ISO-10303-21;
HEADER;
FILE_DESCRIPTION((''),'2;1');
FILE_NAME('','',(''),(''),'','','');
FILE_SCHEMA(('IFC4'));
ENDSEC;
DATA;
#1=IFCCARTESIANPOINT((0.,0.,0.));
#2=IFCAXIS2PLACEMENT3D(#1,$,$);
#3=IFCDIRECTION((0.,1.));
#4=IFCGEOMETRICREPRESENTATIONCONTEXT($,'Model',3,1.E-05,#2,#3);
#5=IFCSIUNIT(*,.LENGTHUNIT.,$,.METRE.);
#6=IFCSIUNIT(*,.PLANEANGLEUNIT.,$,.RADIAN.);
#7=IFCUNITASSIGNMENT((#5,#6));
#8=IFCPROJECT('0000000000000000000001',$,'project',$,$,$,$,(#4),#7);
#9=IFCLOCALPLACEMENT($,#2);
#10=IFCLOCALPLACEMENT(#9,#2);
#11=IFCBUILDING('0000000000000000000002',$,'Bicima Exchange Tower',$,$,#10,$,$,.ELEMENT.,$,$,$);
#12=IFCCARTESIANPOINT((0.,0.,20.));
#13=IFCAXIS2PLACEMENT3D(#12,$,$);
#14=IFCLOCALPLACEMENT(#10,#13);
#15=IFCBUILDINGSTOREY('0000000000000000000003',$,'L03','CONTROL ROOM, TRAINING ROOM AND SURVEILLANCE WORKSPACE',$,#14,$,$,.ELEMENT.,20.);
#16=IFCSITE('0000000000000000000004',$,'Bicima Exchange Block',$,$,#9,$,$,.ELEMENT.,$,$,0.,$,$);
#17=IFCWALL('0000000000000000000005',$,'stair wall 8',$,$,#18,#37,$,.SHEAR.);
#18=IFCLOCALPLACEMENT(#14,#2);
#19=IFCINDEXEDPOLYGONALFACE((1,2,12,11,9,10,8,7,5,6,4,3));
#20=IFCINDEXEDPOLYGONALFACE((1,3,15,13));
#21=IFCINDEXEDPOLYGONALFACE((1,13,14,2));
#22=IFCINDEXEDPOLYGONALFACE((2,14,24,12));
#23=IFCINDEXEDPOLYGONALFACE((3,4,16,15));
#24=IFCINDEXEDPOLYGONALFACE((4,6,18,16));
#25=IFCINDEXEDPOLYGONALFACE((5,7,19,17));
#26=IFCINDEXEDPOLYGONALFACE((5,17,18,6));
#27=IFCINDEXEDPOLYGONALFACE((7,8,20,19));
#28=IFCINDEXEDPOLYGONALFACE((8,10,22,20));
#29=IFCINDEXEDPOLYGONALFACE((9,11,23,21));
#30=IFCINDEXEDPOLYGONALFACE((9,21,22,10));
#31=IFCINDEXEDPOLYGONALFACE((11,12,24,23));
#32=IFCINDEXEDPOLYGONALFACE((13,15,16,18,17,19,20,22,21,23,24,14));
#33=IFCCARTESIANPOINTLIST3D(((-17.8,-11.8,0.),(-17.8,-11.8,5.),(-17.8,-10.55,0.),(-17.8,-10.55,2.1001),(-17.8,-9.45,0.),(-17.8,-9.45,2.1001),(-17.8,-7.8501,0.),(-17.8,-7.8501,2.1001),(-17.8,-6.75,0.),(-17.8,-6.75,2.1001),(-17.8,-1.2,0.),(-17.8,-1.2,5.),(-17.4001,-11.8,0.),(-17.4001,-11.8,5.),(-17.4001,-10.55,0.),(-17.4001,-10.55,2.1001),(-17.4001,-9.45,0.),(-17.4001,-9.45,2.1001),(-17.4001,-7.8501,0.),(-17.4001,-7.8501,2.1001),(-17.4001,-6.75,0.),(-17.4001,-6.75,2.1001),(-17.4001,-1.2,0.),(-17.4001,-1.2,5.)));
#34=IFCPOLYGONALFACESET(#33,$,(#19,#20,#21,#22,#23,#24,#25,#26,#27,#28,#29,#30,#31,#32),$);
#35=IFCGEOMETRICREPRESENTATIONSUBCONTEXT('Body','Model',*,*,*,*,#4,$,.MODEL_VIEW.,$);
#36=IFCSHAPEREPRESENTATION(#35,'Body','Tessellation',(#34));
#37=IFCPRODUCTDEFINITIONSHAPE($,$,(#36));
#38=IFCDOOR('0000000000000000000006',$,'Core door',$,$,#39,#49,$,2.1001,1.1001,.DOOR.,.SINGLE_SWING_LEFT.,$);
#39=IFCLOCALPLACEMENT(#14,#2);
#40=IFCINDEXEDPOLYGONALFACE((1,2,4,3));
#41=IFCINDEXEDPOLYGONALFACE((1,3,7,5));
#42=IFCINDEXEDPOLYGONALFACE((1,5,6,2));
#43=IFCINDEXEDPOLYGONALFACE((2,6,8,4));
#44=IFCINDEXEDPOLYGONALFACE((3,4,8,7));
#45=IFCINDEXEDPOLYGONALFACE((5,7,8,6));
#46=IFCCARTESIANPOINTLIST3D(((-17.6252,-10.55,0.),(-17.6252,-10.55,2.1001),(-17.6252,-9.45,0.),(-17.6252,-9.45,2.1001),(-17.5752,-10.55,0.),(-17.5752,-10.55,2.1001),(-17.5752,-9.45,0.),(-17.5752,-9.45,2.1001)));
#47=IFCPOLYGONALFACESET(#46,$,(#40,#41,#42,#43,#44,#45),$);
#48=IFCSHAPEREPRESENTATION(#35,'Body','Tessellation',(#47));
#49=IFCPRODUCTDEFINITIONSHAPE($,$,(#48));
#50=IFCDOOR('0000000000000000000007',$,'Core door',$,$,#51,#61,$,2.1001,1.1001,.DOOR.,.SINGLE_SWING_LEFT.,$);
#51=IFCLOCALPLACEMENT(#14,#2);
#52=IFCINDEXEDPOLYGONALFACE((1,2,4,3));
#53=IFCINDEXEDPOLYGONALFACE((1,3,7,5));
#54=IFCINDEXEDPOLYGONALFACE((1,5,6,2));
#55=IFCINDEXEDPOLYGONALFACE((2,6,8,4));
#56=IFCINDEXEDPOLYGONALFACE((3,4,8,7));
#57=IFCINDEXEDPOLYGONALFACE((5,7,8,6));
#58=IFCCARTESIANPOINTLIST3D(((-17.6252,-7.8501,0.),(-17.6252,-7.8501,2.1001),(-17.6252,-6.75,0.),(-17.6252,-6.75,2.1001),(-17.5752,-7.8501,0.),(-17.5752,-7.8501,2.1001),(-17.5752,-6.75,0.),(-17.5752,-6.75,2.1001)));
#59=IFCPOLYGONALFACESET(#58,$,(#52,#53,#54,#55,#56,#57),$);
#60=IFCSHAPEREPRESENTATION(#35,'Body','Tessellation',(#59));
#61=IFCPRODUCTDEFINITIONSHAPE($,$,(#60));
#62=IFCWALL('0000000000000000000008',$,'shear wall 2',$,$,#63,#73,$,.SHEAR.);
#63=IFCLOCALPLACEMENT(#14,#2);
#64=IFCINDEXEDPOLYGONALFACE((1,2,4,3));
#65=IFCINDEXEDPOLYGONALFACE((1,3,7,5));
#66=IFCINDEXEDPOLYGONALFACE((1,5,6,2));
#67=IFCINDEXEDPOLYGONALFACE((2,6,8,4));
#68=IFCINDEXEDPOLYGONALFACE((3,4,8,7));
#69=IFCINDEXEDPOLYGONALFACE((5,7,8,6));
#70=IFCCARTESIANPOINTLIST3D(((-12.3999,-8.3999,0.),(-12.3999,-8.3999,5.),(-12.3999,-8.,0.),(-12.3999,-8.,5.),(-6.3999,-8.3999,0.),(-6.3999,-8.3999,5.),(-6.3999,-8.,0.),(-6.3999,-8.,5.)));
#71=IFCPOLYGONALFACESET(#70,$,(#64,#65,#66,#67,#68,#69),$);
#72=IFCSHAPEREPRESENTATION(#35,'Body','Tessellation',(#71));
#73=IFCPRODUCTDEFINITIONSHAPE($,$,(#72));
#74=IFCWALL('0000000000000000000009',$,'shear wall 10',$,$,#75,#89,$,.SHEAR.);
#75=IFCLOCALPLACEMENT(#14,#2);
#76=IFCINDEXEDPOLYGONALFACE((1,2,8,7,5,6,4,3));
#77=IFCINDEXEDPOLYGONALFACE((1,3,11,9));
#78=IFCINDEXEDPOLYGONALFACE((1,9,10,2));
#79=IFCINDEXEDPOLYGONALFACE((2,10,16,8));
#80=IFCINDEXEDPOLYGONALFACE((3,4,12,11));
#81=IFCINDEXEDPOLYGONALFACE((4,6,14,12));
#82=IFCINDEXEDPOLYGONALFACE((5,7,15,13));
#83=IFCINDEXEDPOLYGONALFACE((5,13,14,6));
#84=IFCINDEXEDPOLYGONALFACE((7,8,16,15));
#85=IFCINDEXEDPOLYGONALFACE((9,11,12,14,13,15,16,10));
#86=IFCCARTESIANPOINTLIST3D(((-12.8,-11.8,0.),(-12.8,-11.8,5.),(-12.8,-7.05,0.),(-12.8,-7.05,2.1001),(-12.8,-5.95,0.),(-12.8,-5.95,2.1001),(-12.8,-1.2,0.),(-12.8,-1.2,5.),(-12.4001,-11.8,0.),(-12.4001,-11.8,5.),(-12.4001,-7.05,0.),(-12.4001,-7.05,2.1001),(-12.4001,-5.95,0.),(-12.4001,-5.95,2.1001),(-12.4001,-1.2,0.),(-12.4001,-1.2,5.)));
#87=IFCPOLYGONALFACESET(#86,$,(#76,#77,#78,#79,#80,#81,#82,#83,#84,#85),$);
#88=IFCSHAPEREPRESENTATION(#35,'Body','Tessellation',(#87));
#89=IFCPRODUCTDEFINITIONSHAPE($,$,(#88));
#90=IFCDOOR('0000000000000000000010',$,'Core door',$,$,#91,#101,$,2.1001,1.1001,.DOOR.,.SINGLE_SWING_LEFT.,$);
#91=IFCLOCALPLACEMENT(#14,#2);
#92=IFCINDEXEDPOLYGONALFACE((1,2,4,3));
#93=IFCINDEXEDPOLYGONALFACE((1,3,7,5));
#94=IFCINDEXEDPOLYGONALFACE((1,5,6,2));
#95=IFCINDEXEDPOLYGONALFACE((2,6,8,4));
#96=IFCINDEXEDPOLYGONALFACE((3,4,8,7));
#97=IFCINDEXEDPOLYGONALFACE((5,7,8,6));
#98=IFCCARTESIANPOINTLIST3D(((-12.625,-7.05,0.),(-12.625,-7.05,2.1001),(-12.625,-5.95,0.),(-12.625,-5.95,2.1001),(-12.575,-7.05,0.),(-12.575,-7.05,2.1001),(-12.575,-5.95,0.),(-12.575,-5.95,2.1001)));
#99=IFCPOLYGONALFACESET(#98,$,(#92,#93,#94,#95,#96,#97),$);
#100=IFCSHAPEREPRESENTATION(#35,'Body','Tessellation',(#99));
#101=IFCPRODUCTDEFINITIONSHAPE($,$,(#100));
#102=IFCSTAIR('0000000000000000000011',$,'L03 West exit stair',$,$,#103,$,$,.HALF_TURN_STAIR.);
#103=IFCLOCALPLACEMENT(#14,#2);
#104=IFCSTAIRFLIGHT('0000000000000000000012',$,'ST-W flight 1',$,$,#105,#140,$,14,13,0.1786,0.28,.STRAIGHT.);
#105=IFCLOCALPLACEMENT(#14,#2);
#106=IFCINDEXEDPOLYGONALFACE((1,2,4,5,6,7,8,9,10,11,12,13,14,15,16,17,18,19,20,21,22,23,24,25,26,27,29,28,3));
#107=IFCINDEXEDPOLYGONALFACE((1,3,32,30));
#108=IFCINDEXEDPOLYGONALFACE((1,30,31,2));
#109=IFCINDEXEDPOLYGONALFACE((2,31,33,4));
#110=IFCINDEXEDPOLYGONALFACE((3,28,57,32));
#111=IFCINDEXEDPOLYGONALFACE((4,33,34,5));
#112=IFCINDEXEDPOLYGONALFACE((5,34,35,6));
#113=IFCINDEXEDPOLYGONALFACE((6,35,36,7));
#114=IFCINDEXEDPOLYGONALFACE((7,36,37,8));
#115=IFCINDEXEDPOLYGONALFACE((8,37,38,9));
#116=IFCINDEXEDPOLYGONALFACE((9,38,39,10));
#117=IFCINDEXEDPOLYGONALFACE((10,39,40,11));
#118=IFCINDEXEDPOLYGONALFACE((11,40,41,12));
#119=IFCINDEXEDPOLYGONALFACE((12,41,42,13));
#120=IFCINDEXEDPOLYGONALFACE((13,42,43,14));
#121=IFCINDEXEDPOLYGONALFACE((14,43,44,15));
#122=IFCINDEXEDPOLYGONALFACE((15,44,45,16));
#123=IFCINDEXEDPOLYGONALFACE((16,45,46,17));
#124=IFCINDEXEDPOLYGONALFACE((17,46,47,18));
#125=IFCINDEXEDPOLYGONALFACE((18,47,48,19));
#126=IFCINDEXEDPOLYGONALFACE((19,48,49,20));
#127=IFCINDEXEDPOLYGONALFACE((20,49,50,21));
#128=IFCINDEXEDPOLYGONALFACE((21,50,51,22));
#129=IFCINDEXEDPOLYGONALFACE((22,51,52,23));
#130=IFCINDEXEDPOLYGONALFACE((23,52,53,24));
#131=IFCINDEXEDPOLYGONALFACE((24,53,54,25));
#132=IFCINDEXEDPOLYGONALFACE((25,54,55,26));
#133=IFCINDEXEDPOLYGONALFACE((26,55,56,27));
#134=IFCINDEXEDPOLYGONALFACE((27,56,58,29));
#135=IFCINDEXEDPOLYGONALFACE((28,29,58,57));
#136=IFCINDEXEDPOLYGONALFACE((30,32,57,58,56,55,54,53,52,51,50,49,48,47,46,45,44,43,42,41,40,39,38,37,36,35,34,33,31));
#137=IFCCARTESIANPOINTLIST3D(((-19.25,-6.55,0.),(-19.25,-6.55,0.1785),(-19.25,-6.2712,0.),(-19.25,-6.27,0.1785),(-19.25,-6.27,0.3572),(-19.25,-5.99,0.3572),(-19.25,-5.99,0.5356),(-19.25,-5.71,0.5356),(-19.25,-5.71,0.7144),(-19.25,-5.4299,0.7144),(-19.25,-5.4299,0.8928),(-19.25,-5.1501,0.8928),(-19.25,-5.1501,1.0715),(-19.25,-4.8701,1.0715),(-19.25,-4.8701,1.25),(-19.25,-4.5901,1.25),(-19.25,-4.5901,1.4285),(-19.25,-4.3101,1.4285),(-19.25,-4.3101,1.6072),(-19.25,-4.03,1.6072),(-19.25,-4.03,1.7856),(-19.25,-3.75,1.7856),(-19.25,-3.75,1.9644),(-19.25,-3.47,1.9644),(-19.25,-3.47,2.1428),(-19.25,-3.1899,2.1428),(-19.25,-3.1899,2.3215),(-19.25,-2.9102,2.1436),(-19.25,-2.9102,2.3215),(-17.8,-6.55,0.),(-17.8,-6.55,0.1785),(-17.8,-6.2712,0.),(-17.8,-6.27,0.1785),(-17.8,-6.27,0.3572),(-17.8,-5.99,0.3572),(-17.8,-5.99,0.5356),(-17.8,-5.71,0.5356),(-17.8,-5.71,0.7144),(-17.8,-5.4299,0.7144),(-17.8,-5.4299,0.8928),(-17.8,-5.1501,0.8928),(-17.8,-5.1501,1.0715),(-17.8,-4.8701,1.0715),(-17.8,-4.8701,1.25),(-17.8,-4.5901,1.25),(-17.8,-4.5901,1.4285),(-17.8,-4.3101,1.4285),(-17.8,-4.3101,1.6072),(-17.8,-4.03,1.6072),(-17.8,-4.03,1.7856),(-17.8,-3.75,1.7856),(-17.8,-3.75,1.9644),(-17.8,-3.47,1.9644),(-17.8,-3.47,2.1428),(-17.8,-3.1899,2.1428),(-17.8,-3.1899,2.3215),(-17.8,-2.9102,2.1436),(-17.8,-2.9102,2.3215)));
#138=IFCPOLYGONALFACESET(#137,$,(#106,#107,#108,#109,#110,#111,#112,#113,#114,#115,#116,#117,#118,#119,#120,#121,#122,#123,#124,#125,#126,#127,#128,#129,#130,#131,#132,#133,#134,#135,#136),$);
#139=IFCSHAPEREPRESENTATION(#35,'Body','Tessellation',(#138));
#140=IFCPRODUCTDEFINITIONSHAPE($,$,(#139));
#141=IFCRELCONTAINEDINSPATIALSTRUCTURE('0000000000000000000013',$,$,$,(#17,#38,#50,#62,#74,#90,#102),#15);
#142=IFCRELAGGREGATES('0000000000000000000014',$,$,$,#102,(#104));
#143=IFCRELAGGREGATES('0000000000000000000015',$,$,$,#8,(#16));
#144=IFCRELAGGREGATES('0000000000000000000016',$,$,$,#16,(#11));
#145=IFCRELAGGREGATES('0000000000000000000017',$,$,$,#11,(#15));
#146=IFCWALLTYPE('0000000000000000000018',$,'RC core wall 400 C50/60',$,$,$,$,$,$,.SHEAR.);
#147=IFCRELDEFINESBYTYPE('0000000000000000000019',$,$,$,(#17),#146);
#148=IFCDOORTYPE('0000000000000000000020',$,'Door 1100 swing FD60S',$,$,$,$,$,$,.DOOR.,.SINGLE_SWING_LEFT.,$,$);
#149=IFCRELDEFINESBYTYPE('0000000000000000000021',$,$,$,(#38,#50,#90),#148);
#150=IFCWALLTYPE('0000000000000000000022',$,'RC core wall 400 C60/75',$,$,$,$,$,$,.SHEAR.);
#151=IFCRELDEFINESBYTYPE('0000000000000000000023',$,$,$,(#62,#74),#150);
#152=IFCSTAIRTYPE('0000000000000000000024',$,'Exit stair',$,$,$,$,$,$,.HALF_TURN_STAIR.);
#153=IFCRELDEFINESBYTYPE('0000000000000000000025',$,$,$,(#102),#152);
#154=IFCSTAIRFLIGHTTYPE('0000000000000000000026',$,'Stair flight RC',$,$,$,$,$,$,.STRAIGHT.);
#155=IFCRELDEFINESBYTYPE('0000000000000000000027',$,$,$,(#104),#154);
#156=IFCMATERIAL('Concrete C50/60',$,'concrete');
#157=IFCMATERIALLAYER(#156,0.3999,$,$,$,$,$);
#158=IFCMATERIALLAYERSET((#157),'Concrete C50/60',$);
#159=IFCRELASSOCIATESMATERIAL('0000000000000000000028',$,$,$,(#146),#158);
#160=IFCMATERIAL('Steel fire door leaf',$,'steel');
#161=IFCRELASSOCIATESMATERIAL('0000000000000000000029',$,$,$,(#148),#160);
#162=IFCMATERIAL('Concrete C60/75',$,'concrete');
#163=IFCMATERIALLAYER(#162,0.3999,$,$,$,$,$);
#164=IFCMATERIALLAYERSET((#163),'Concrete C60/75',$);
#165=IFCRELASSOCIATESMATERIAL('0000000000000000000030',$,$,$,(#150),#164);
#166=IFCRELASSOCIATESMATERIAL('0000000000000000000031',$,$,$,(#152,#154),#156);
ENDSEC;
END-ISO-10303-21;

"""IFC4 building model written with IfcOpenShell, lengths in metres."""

from ifc_helpers import new_model, si_unit, direction, frame, frame_2d, origin, place, context, subcontext, project, spatial, polyline, rectangle, outline, extrude, material, layer, layer_set, type_object, element, fill, aggregate, save


model = new_model("IFC4")

# Units and contexts
model_context = context("Model", 3, precision=1e-05, world=origin(), true_north=direction((0.0, 1.0)))
body_context = subcontext(model_context, "Body", "Model", "MODEL_VIEW")
ifc_project = project(units=[si_unit("LENGTHUNIT", "METRE"), si_unit("PLANEANGLEUNIT", "RADIAN")], contexts=[model_context])

# Site, building, storey
site_placement = place(None, origin())
site = spatial("IfcSite", under=ifc_project, at=site_placement, Name="Bicima Exchange Block", CompositionType="ELEMENT", RefElevation=0.0)
building_placement = place(site_placement, origin())
building = spatial("IfcBuilding", under=site, at=building_placement, Name="Bicima Exchange Tower", CompositionType="ELEMENT")
storey_placement = place(building_placement, frame((0.0, 0.0, 20.0)))
storey = spatial("IfcBuildingStorey", under=building, at=storey_placement, Name="L03", Description="CONTROL ROOM, TRAINING ROOM AND SURVEILLANCE WORKSPACE", CompositionType="ELEMENT", Elevation=20.0)

# Shared definitions
ifc_material_1 = material(Name="Concrete C50/60", Category="concrete")
ifc_material_2 = material(Name="Steel fire door leaf", Category="steel")
ifc_layer_1 = layer(ifc_material_1, 0.3999)
ifc_layer_set_1 = layer_set([ifc_layer_1], Name="Concrete C50/60")
wall_type_1 = type_object("IfcWallType", Name="RC core wall 400 C50/60", PredefinedType="SHEAR", material=ifc_layer_set_1)

# Wall, openings, doors
wall_1_placement = place(storey_placement, frame((-17.6001, -11.8, 0.0), z_axis=(0.0, 0.0, 1.0), x_axis=(0.0, 1.0, 0.0)))
wall_1 = element("IfcWall", 1, at=wall_1_placement, inside=storey, type_object=wall_type_1, Name="stair wall 8", PredefinedType="SHEAR", context=body_context, shape_type="SweptSolid", body=[
    extrude(rectangle(XDim=10.6001, YDim=0.3999, at=frame_2d((5.3, 0.0))), origin(), (0.0, 0.0, 1.0), 5.0),
])
opening_1_placement = place(wall_1_placement, frame((1.25, 0.0, 0.0)))
opening_1 = element("IfcOpeningElement", 2, at=opening_1_placement, cuts=wall_1, PredefinedType="OPENING", context=body_context, shape_type="SweptSolid", body=[
    extrude(rectangle(XDim=1.1001, YDim=2.1001, at=frame_2d((0.55, 1.05))), frame((0.0, 0.2119, 0.0), z_axis=(0.0, -1.0, 0.0), x_axis=(1.0, 0.0, 0.0)), (0.0, 0.0, 1.0), 0.4238),
])
opening_2_placement = place(wall_1_placement, frame((3.95, 0.0, 0.0)))
opening_2 = element("IfcOpeningElement", 3, at=opening_2_placement, cuts=wall_1, PredefinedType="OPENING", context=body_context, shape_type="SweptSolid", body=[
    extrude(rectangle(XDim=1.1001, YDim=2.1001, at=frame_2d((0.55, 1.05))), frame((0.0, 0.2119, 0.0), z_axis=(0.0, -1.0, 0.0), x_axis=(1.0, 0.0, 0.0)), (0.0, 0.0, 1.0), 0.4238),
])
door_type_1 = type_object("IfcDoorType", Name="Door 1100 swing FD60S", OperationType="SINGLE_SWING_LEFT", PredefinedType="DOOR", material=ifc_material_2)
door_1_placement = place(opening_1_placement, frame((1.1001, 0.0, 0.0), z_axis=(0.0, 0.0, 1.0), x_axis=(-1.0, 0.0, 0.0)))
door_1 = element("IfcDoor", 4, at=door_1_placement, inside=storey, type_object=door_type_1, Name="Core door", OperationType="SINGLE_SWING_LEFT", OverallHeight=2.1001, OverallWidth=1.1001, PredefinedType="DOOR", context=body_context, shape_type="SweptSolid", body=[
    extrude(rectangle(XDim=1.1001, YDim=2.1001, at=frame_2d((0.55, 1.05))), frame((0.0, 0.0249, 0.0), z_axis=(0.0, -1.0, 0.0), x_axis=(1.0, 0.0, 0.0)), (0.0, 0.0, 1.0), 0.05),
])
fill(opening_1, door_1)
door_2_placement = place(opening_2_placement, frame((1.1001, 0.0, 0.0), z_axis=(0.0, 0.0, 1.0), x_axis=(-1.0, 0.0, 0.0)))
door_2 = element("IfcDoor", 5, at=door_2_placement, inside=storey, type_object=door_type_1, Name="Core door", OperationType="SINGLE_SWING_LEFT", OverallHeight=2.1001, OverallWidth=1.1001, PredefinedType="DOOR", context=body_context, shape_type="SweptSolid", body=[
    extrude(rectangle(XDim=1.1001, YDim=2.1001, at=frame_2d((0.55, 1.05))), frame((0.0, 0.0249, 0.0), z_axis=(0.0, -1.0, 0.0), x_axis=(1.0, 0.0, 0.0)), (0.0, 0.0, 1.0), 0.05),
])
fill(opening_2, door_2)

# Wall
ifc_material_3 = material(Name="Concrete C60/75", Category="concrete")
ifc_layer_2 = layer(ifc_material_3, 0.3999)
ifc_layer_set_2 = layer_set([ifc_layer_2], Name="Concrete C60/75")
wall_type_2 = type_object("IfcWallType", Name="RC core wall 400 C60/75", PredefinedType="SHEAR", material=ifc_layer_set_2)
wall_2_placement = place(storey_placement, frame((-12.3999, -8.2, 0.0), z_axis=(0.0, 0.0, 1.0), x_axis=(1.0, 0.0, 0.0)))
element("IfcWall", 6, at=wall_2_placement, inside=storey, type_object=wall_type_2, Name="shear wall 2", PredefinedType="SHEAR", context=body_context, shape_type="SweptSolid", body=[
    extrude(rectangle(XDim=6.0, YDim=0.3999, at=frame_2d((3.0, 0.0))), origin(), (0.0, 0.0, 1.0), 5.0),
])

# Wall, opening, door
wall_3_placement = place(storey_placement, frame((-12.6001, -11.8, 0.0), z_axis=(0.0, 0.0, 1.0), x_axis=(0.0, 1.0, 0.0)))
wall_3 = element("IfcWall", 7, at=wall_3_placement, inside=storey, type_object=wall_type_2, Name="shear wall 10", PredefinedType="SHEAR", context=body_context, shape_type="SweptSolid", body=[
    extrude(rectangle(XDim=10.6001, YDim=0.3999, at=frame_2d((5.3, 0.0))), origin(), (0.0, 0.0, 1.0), 5.0),
])
opening_3_placement = place(wall_3_placement, frame((4.75, 0.0, 0.0)))
opening_3 = element("IfcOpeningElement", 8, at=opening_3_placement, cuts=wall_3, PredefinedType="OPENING", context=body_context, shape_type="SweptSolid", body=[
    extrude(rectangle(XDim=1.1001, YDim=2.1001, at=frame_2d((0.55, 1.05))), frame((0.0, 0.2119, 0.0), z_axis=(0.0, -1.0, 0.0), x_axis=(1.0, 0.0, 0.0)), (0.0, 0.0, 1.0), 0.4238),
])
door_3_placement = place(opening_3_placement, origin())
door_3 = element("IfcDoor", 9, at=door_3_placement, inside=storey, type_object=door_type_1, Name="Core door", OperationType="SINGLE_SWING_LEFT", OverallHeight=2.1001, OverallWidth=1.1001, PredefinedType="DOOR", context=body_context, shape_type="SweptSolid", body=[
    extrude(rectangle(XDim=1.1001, YDim=2.1001, at=frame_2d((0.55, 1.05))), frame((0.0, 0.0249, 0.0), z_axis=(0.0, -1.0, 0.0), x_axis=(1.0, 0.0, 0.0)), (0.0, 0.0, 1.0), 0.05),
])
fill(opening_3, door_3)

# Stair, stair flight
stair_type = type_object("IfcStairType", Name="Exit stair", PredefinedType="HALF_TURN_STAIR", material=ifc_material_1)
stair_placement = place(storey_placement, origin())
stair = element("IfcStair", 10, at=stair_placement, inside=storey, type_object=stair_type, Name="L03 West exit stair", PredefinedType="HALF_TURN_STAIR")
stair_flight_type = type_object("IfcStairFlightType", Name="Stair flight RC", PredefinedType="STRAIGHT", material=ifc_material_1)
stair_flight_placement = place(storey_placement, frame((-18.5249, -6.55, 0.0), z_axis=(0.0, 0.0, 1.0), x_axis=(0.0, 1.0, 0.0)))
stair_flight = element("IfcStairFlight", 11, at=stair_flight_placement, type_object=stair_flight_type, Name="ST-W flight 1", NumberOfRisers=14, NumberOfTreads=13, PredefinedType="STRAIGHT", RiserHeight=0.1786, TreadLength=0.28, context=body_context, shape_type="SweptSolid", body=[
    extrude(outline(polyline([(0.0, 0.0), (0.0, 0.1785), (0.28, 0.1785), (0.28, 0.3572), (0.5601, 0.3572), (0.5601, 0.5356), (0.8401, 0.5356), (0.8401, 0.7144), (1.1201, 0.7144), (1.1201, 0.8928), (1.3999, 0.8928), (1.3999, 1.0715), (1.6799, 1.0715), (1.6799, 1.25), (1.96, 1.25), (1.96, 1.4285), (2.24, 1.4285), (2.24, 1.6072), (2.52, 1.6072), (2.52, 1.7856), (2.8, 1.7856), (2.8, 1.9644), (3.0801, 1.9644), (3.0801, 2.1428), (3.3601, 2.1428), (3.3601, 2.3215), (3.6399, 2.3215), (3.6399, 2.5), (3.6399, 2.1436), (0.2788, 0.0), (0.0, 0.0)])), frame((0.0, 0.7251, 0.0), z_axis=(0.0, -1.0, 0.0), x_axis=(1.0, 0.0, 0.0)), (0.0, 0.0, 1.0), 1.45),
])
aggregate(stair, [stair_flight])

save(model, "model.ifc")
